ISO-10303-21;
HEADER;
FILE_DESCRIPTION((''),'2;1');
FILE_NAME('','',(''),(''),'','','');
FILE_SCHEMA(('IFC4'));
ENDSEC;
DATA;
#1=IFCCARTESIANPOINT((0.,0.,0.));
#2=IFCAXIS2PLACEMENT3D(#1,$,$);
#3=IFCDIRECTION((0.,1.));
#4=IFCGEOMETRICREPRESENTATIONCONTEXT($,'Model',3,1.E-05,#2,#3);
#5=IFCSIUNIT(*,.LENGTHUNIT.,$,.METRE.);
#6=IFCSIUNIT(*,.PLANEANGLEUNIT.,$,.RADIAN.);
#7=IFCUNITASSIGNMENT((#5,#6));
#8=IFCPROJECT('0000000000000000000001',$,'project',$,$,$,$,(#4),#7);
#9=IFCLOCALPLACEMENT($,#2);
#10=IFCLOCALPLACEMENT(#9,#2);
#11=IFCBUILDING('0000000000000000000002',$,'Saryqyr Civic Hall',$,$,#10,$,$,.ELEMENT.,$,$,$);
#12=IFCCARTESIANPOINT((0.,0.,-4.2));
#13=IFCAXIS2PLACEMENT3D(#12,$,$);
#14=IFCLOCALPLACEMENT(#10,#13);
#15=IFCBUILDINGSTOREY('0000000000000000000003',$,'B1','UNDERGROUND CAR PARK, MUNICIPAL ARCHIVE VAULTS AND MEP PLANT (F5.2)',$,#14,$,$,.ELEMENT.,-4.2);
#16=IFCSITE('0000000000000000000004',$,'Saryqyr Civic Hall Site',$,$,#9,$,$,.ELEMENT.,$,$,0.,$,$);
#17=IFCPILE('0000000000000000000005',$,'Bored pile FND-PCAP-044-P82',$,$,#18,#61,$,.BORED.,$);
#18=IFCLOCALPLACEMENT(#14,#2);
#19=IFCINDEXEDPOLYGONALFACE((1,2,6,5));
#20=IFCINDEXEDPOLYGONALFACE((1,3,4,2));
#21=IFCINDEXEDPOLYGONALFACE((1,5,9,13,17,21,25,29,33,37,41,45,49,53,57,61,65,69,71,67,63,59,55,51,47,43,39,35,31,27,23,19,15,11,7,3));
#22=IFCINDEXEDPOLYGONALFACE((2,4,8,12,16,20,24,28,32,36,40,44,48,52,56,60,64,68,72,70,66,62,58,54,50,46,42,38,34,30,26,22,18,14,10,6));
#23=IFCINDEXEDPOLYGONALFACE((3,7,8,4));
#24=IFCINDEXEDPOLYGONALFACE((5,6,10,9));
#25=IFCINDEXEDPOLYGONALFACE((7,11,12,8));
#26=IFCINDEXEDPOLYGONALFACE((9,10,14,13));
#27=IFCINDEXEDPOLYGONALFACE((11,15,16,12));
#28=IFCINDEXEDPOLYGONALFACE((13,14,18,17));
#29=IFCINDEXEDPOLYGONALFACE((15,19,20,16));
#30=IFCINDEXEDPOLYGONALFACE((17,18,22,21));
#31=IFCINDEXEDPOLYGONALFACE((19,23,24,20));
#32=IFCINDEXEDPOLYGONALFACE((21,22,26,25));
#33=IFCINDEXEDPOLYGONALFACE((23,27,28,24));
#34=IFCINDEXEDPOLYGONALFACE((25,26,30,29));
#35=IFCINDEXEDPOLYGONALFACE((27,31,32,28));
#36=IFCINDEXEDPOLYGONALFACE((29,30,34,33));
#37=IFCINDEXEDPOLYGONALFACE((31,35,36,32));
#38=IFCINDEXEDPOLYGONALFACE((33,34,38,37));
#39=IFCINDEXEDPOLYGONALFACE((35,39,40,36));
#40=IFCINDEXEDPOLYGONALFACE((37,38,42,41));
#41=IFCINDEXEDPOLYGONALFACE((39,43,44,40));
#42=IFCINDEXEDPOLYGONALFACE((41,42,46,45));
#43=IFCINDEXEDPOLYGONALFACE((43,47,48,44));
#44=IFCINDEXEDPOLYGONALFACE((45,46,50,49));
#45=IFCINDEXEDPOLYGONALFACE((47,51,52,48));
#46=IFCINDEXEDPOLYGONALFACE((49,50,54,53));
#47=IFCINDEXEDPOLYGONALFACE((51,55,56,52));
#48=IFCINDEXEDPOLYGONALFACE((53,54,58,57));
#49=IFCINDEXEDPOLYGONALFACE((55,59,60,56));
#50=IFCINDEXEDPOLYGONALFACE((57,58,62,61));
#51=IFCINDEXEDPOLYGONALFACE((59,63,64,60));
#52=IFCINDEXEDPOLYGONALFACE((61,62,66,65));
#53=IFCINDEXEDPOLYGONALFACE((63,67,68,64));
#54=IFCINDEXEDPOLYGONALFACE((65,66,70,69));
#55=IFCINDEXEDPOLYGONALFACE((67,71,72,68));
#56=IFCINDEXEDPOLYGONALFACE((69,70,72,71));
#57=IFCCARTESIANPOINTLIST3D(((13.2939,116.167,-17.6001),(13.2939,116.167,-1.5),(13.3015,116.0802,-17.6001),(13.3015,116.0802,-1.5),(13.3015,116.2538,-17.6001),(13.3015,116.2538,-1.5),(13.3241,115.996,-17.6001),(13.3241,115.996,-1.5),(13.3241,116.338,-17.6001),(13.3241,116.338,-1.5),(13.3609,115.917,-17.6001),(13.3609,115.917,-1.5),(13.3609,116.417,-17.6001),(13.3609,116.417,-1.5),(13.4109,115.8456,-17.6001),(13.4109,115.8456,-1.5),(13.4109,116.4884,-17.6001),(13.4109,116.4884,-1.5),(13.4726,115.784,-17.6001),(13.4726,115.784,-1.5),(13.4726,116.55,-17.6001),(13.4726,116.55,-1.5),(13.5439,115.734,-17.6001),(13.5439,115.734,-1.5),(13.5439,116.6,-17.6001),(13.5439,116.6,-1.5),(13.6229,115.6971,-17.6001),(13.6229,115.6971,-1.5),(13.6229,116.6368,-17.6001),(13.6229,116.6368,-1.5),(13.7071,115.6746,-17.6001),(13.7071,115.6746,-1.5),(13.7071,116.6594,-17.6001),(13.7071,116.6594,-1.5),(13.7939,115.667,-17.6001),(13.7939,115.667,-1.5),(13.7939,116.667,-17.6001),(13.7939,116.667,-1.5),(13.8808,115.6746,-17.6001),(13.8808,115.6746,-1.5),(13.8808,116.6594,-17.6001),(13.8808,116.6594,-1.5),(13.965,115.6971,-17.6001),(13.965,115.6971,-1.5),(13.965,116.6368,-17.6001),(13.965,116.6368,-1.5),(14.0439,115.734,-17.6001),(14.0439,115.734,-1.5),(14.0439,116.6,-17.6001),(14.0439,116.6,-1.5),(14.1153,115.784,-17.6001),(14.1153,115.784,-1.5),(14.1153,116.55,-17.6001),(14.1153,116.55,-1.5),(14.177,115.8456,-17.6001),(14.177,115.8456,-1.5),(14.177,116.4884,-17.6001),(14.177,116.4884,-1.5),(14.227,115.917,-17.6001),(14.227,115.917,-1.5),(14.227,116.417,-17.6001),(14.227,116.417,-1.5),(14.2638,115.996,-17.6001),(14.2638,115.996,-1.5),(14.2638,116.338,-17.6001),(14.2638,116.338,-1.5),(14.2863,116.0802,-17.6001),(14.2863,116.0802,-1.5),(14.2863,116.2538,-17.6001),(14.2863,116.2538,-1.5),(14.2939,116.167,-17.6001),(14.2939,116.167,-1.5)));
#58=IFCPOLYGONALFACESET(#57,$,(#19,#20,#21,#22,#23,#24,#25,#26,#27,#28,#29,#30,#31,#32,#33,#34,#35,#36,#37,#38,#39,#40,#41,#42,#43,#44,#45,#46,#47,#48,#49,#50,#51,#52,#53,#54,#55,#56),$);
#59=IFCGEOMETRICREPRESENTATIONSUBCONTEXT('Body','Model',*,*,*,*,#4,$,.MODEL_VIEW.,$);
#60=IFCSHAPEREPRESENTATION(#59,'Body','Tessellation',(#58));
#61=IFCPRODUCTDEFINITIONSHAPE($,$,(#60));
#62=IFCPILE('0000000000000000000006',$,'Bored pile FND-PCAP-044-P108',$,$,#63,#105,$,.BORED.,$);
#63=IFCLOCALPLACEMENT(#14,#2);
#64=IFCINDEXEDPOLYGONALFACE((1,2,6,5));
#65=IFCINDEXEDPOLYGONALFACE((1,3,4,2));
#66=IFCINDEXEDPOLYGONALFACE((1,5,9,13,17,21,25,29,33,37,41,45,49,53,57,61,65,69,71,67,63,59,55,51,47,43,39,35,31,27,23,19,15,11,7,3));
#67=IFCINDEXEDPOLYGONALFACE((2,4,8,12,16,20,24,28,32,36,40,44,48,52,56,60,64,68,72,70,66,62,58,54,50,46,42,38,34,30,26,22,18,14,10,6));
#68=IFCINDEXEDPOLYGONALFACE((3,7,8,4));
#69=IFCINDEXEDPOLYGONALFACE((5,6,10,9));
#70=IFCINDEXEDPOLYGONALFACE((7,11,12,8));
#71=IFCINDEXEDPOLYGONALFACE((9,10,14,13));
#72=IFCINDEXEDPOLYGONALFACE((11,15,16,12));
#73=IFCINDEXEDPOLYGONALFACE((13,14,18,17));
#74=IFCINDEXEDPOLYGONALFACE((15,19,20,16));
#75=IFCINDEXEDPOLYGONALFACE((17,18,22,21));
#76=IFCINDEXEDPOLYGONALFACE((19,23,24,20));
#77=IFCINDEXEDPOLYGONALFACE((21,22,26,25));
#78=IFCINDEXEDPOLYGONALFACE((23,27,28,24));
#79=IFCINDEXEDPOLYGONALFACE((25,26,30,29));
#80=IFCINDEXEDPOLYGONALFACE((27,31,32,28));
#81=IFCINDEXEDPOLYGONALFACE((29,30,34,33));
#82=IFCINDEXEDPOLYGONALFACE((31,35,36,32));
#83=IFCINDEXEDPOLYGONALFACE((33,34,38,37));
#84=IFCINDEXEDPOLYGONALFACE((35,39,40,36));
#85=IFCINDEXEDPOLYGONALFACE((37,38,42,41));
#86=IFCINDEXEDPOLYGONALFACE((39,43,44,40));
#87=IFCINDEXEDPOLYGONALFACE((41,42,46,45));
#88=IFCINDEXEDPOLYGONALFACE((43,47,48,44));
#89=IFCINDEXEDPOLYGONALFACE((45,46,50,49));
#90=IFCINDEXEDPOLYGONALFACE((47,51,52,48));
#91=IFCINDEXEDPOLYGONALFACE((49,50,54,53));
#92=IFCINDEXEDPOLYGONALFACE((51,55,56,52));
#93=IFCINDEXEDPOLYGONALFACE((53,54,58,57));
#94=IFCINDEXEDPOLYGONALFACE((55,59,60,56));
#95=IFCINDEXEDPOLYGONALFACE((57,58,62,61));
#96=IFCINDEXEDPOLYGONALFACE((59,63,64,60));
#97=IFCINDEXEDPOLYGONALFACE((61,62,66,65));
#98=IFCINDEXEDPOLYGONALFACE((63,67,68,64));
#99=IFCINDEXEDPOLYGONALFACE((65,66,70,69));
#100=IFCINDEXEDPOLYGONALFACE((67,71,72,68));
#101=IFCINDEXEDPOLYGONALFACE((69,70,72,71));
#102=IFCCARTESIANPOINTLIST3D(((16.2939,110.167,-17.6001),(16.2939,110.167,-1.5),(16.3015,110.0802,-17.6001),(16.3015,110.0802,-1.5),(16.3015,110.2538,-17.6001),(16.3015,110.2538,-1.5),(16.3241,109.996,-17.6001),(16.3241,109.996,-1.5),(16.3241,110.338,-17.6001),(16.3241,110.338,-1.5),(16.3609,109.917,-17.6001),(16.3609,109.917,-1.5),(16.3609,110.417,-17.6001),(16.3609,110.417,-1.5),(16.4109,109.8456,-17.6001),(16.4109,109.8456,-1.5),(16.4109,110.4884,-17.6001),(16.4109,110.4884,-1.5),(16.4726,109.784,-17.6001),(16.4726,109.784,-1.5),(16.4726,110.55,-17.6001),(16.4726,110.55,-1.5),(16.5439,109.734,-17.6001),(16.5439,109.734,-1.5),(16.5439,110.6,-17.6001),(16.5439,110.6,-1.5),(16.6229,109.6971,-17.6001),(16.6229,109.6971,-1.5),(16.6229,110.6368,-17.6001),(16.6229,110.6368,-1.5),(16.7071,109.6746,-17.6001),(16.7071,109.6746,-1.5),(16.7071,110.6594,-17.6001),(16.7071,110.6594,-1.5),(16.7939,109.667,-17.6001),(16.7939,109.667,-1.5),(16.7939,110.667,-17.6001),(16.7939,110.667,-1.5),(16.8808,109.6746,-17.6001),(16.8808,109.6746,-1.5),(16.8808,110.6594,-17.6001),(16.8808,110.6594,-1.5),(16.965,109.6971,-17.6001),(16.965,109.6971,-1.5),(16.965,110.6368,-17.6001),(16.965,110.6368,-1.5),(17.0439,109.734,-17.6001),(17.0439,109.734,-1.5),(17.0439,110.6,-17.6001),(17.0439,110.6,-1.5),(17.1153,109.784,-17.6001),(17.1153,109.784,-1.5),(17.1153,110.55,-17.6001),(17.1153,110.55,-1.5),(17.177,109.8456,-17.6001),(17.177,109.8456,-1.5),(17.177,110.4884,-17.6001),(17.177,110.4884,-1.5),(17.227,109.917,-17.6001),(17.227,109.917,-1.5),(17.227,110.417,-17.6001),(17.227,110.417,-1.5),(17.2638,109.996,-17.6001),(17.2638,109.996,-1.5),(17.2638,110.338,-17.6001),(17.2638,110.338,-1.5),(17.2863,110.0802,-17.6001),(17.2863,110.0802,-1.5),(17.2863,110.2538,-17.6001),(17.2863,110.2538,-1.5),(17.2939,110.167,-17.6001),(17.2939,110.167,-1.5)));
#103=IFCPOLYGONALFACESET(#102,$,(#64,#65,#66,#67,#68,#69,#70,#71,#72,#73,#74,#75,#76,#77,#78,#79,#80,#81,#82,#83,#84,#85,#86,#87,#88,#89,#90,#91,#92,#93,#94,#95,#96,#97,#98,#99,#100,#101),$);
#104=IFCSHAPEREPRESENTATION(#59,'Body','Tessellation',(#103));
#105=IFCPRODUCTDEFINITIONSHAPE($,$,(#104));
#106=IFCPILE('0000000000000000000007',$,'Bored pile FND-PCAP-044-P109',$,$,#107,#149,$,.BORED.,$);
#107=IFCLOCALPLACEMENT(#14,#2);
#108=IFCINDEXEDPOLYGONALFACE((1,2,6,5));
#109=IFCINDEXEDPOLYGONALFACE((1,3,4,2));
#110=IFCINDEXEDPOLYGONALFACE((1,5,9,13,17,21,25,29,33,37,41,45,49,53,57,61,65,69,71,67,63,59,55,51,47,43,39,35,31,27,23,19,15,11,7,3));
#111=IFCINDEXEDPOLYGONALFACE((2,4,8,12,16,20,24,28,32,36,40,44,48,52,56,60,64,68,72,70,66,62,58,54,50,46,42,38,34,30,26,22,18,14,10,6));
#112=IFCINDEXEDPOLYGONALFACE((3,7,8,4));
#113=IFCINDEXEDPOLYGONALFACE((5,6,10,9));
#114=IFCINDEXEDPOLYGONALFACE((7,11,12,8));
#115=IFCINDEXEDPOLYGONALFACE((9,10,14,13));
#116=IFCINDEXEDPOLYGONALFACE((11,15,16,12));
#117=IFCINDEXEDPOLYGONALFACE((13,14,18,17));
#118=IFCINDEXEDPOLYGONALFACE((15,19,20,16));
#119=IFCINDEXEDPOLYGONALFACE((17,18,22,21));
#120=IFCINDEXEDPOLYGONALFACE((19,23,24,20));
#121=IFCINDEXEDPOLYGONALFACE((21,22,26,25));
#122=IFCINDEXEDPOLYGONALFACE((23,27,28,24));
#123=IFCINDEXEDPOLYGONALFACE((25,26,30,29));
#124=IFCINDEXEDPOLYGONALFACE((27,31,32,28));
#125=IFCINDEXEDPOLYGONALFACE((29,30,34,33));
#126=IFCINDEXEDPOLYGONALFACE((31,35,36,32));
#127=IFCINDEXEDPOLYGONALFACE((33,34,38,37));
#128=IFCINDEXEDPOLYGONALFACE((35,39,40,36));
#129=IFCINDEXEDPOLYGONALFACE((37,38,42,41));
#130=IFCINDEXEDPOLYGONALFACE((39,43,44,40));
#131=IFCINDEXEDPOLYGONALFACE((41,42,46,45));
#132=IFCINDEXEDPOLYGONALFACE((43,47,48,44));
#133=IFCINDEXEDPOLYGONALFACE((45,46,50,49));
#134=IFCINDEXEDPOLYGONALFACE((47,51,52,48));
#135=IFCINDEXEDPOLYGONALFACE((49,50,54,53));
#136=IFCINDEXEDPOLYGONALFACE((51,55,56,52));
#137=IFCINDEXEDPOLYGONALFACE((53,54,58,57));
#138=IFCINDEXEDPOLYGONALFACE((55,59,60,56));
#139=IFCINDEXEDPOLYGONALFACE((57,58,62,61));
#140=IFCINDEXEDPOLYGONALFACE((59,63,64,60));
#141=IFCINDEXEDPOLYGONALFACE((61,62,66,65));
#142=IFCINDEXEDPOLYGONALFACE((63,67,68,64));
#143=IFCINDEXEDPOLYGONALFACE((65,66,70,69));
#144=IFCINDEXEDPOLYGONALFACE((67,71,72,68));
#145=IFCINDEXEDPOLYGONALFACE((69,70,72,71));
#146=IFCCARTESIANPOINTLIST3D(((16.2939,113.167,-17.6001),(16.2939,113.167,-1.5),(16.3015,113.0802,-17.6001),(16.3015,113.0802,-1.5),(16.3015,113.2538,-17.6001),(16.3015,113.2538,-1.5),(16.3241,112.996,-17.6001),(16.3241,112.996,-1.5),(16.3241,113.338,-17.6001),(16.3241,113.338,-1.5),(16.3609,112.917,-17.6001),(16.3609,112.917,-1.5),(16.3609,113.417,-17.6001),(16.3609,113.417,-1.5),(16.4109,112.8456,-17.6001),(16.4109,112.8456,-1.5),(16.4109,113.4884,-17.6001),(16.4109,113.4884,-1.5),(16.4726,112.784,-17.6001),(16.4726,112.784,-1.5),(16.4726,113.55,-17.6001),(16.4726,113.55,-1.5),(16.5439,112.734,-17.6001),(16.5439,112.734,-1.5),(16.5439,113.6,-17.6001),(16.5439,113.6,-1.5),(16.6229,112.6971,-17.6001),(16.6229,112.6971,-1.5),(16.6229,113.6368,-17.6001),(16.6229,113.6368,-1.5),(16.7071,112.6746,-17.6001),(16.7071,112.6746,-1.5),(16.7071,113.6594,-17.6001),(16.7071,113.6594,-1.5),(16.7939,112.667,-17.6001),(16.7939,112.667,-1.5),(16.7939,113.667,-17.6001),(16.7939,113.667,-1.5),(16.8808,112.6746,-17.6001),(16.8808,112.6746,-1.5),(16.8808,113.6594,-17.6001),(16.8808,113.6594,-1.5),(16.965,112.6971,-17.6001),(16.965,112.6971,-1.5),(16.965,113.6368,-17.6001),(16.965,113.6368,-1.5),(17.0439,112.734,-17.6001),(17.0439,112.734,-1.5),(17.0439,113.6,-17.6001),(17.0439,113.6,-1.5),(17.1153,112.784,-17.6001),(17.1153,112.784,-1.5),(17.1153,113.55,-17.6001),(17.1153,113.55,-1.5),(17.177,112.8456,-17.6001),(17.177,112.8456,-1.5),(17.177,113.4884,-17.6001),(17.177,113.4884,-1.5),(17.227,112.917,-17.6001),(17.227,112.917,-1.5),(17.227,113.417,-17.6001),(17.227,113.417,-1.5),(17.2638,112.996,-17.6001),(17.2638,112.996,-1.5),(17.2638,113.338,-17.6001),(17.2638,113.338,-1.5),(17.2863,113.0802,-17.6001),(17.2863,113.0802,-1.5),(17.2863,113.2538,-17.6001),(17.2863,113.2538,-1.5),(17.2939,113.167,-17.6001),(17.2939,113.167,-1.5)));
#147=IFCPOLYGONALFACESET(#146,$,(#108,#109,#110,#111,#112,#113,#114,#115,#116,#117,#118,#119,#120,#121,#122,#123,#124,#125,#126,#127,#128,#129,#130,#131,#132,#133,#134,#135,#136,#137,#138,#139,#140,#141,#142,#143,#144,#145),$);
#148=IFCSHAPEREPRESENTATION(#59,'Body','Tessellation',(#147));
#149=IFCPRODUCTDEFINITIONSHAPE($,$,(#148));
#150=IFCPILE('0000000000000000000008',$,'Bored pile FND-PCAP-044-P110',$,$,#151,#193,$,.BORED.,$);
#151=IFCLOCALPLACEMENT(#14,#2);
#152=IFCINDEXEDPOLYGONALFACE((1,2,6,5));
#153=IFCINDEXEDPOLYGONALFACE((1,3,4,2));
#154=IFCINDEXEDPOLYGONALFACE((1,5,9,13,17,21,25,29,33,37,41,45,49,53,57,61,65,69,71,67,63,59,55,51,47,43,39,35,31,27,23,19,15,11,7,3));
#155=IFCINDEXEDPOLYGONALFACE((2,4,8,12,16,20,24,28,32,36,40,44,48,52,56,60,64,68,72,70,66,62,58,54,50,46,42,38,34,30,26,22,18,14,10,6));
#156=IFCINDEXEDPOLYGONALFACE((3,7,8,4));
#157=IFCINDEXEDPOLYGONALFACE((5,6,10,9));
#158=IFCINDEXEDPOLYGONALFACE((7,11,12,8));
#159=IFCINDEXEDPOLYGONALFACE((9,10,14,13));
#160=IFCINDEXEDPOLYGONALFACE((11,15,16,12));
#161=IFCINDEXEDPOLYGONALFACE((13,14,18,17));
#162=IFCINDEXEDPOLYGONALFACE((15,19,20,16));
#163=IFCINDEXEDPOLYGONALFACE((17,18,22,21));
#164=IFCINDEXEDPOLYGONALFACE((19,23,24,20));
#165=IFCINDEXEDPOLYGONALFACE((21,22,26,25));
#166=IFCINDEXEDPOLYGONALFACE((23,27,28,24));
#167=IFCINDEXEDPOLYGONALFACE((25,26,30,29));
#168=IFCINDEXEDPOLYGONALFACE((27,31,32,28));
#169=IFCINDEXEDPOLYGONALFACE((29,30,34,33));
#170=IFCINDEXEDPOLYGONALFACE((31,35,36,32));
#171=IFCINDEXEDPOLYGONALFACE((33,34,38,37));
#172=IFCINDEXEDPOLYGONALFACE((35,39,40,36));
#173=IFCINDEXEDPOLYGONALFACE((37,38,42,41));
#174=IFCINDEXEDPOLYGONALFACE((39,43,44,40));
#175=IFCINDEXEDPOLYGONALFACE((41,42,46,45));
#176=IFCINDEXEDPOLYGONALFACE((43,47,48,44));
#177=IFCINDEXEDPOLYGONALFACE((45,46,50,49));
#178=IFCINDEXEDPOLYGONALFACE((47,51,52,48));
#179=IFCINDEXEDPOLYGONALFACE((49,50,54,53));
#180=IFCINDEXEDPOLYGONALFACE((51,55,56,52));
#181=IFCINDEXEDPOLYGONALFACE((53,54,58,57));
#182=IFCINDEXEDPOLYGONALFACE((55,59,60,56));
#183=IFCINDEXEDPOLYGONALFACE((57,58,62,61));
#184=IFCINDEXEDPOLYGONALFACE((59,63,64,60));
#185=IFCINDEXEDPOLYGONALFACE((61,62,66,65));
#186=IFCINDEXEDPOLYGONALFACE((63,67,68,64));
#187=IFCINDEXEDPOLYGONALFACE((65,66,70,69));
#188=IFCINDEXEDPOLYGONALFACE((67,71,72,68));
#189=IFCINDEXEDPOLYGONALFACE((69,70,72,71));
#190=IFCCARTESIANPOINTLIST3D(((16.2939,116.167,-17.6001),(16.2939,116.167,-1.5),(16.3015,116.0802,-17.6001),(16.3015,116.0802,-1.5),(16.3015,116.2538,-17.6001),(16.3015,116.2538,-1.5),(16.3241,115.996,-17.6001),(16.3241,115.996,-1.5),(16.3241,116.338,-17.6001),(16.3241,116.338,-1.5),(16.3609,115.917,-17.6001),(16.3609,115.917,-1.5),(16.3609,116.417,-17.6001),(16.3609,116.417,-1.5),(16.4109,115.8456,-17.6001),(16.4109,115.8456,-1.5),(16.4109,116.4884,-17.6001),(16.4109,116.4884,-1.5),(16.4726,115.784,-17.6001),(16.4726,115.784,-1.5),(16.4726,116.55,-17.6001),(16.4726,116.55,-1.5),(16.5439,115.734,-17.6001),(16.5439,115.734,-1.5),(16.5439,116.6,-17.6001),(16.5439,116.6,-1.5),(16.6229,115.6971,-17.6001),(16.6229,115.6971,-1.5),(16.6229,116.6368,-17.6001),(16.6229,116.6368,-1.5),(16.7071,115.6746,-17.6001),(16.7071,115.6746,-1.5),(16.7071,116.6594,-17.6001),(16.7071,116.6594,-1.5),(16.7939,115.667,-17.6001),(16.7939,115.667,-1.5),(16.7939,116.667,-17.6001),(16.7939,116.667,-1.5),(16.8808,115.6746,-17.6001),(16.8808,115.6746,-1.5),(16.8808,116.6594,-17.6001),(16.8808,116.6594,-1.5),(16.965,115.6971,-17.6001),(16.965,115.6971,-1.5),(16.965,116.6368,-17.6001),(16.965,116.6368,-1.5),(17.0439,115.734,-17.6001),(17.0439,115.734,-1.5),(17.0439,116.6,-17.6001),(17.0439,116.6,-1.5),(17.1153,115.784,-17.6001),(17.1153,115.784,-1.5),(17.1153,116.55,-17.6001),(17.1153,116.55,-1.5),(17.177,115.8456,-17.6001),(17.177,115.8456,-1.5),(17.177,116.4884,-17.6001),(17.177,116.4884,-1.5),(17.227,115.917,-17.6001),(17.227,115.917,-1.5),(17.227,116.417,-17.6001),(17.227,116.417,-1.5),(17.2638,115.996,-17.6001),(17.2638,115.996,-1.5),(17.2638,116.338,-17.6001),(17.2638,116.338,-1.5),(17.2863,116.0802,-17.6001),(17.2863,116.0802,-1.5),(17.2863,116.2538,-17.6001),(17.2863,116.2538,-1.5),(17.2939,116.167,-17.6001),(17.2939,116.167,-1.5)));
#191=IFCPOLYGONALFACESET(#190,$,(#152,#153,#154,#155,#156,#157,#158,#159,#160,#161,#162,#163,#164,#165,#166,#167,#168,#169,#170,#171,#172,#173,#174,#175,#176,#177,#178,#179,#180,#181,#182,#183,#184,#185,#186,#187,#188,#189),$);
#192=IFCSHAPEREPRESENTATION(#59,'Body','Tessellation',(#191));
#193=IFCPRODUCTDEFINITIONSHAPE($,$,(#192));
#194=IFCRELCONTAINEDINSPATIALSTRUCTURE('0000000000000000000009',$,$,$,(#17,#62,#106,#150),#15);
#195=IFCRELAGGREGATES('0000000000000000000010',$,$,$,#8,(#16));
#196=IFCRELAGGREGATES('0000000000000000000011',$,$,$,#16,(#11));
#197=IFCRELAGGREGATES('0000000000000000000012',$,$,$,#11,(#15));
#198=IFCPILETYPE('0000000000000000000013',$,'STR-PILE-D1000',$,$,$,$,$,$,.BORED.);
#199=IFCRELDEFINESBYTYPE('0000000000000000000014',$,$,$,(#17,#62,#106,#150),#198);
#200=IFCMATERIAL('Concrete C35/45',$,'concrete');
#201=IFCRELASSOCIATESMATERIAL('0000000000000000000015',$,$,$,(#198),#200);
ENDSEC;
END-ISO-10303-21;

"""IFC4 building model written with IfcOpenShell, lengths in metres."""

from ifc_helpers import new_model, si_unit, direction, frame, origin, origin_2d, place, context, subcontext, project, spatial, circle, extrude, material, material_profile, profile_set, type_object, element, save


model = new_model("IFC4")

# Units and contexts
model_context = context("Model", 3, precision=1e-05, world=origin(), true_north=direction((0.0, 1.0)))
body_context = subcontext(model_context, "Body", "Model", "MODEL_VIEW")
ifc_project = project(units=[si_unit("LENGTHUNIT", "METRE"), si_unit("PLANEANGLEUNIT", "RADIAN")], contexts=[model_context])

# Site, building, storey
site_placement = place(None, origin())
site = spatial("IfcSite", under=ifc_project, at=site_placement, Name="Saryqyr Civic Hall Site", CompositionType="ELEMENT", RefElevation=0.0)
building_placement = place(site_placement, origin())
building = spatial("IfcBuilding", under=site, at=building_placement, Name="Saryqyr Civic Hall", CompositionType="ELEMENT")
storey_placement = place(building_placement, frame((0.0, 0.0, -4.2)))
storey = spatial("IfcBuildingStorey", under=building, at=storey_placement, Name="B1", Description="UNDERGROUND CAR PARK, MUNICIPAL ARCHIVE VAULTS AND MEP PLANT (F5.2)", CompositionType="ELEMENT", Elevation=-4.2)

# Piles
ifc_material_1 = material(Name="Concrete C35/45", Category="concrete")
ifc_material_profile_1 = material_profile(ifc_material_1, circle(Radius=0.5, at=origin_2d()), Name="BORED PILE D1000")
ifc_profile_set_1 = profile_set([ifc_material_profile_1], Name="Concrete C35/45")
pile_type = type_object("IfcPileType", Name="STR-PILE-D1000", PredefinedType="BORED", material=ifc_profile_set_1)
for number, where, z_axis, x_axis, name in (
    (1, (13.7939, 116.167, -1.5), (0.0, 0.0, -1.0), (1.0, 0.0, 0.0), "Bored pile FND-PCAP-044-P82"),
    (2, (16.7939, 110.167, -1.5), (0.0, 0.0, -1.0), (1.0, 0.0, 0.0), "Bored pile FND-PCAP-044-P108"),
    (3, (16.7939, 113.167, -1.5), (0.0, 0.0, -1.0), (1.0, 0.0, 0.0), "Bored pile FND-PCAP-044-P109"),
    (4, (16.7939, 116.167, -1.5), (0.0, 0.0, -1.0), (1.0, 0.0, 0.0), "Bored pile FND-PCAP-044-P110"),
):
    element("IfcPile", number, at=place(storey_placement, frame(where, z_axis=z_axis, x_axis=x_axis)), inside=storey, type_object=pile_type, Name=name, PredefinedType="BORED", context=body_context, shape_type="SweptSolid", body=[
        extrude(circle(Radius=0.5, at=origin_2d()), origin(), (0.0, 0.0, 1.0), 16.1001),
    ])

save(model, "model.ifc")
